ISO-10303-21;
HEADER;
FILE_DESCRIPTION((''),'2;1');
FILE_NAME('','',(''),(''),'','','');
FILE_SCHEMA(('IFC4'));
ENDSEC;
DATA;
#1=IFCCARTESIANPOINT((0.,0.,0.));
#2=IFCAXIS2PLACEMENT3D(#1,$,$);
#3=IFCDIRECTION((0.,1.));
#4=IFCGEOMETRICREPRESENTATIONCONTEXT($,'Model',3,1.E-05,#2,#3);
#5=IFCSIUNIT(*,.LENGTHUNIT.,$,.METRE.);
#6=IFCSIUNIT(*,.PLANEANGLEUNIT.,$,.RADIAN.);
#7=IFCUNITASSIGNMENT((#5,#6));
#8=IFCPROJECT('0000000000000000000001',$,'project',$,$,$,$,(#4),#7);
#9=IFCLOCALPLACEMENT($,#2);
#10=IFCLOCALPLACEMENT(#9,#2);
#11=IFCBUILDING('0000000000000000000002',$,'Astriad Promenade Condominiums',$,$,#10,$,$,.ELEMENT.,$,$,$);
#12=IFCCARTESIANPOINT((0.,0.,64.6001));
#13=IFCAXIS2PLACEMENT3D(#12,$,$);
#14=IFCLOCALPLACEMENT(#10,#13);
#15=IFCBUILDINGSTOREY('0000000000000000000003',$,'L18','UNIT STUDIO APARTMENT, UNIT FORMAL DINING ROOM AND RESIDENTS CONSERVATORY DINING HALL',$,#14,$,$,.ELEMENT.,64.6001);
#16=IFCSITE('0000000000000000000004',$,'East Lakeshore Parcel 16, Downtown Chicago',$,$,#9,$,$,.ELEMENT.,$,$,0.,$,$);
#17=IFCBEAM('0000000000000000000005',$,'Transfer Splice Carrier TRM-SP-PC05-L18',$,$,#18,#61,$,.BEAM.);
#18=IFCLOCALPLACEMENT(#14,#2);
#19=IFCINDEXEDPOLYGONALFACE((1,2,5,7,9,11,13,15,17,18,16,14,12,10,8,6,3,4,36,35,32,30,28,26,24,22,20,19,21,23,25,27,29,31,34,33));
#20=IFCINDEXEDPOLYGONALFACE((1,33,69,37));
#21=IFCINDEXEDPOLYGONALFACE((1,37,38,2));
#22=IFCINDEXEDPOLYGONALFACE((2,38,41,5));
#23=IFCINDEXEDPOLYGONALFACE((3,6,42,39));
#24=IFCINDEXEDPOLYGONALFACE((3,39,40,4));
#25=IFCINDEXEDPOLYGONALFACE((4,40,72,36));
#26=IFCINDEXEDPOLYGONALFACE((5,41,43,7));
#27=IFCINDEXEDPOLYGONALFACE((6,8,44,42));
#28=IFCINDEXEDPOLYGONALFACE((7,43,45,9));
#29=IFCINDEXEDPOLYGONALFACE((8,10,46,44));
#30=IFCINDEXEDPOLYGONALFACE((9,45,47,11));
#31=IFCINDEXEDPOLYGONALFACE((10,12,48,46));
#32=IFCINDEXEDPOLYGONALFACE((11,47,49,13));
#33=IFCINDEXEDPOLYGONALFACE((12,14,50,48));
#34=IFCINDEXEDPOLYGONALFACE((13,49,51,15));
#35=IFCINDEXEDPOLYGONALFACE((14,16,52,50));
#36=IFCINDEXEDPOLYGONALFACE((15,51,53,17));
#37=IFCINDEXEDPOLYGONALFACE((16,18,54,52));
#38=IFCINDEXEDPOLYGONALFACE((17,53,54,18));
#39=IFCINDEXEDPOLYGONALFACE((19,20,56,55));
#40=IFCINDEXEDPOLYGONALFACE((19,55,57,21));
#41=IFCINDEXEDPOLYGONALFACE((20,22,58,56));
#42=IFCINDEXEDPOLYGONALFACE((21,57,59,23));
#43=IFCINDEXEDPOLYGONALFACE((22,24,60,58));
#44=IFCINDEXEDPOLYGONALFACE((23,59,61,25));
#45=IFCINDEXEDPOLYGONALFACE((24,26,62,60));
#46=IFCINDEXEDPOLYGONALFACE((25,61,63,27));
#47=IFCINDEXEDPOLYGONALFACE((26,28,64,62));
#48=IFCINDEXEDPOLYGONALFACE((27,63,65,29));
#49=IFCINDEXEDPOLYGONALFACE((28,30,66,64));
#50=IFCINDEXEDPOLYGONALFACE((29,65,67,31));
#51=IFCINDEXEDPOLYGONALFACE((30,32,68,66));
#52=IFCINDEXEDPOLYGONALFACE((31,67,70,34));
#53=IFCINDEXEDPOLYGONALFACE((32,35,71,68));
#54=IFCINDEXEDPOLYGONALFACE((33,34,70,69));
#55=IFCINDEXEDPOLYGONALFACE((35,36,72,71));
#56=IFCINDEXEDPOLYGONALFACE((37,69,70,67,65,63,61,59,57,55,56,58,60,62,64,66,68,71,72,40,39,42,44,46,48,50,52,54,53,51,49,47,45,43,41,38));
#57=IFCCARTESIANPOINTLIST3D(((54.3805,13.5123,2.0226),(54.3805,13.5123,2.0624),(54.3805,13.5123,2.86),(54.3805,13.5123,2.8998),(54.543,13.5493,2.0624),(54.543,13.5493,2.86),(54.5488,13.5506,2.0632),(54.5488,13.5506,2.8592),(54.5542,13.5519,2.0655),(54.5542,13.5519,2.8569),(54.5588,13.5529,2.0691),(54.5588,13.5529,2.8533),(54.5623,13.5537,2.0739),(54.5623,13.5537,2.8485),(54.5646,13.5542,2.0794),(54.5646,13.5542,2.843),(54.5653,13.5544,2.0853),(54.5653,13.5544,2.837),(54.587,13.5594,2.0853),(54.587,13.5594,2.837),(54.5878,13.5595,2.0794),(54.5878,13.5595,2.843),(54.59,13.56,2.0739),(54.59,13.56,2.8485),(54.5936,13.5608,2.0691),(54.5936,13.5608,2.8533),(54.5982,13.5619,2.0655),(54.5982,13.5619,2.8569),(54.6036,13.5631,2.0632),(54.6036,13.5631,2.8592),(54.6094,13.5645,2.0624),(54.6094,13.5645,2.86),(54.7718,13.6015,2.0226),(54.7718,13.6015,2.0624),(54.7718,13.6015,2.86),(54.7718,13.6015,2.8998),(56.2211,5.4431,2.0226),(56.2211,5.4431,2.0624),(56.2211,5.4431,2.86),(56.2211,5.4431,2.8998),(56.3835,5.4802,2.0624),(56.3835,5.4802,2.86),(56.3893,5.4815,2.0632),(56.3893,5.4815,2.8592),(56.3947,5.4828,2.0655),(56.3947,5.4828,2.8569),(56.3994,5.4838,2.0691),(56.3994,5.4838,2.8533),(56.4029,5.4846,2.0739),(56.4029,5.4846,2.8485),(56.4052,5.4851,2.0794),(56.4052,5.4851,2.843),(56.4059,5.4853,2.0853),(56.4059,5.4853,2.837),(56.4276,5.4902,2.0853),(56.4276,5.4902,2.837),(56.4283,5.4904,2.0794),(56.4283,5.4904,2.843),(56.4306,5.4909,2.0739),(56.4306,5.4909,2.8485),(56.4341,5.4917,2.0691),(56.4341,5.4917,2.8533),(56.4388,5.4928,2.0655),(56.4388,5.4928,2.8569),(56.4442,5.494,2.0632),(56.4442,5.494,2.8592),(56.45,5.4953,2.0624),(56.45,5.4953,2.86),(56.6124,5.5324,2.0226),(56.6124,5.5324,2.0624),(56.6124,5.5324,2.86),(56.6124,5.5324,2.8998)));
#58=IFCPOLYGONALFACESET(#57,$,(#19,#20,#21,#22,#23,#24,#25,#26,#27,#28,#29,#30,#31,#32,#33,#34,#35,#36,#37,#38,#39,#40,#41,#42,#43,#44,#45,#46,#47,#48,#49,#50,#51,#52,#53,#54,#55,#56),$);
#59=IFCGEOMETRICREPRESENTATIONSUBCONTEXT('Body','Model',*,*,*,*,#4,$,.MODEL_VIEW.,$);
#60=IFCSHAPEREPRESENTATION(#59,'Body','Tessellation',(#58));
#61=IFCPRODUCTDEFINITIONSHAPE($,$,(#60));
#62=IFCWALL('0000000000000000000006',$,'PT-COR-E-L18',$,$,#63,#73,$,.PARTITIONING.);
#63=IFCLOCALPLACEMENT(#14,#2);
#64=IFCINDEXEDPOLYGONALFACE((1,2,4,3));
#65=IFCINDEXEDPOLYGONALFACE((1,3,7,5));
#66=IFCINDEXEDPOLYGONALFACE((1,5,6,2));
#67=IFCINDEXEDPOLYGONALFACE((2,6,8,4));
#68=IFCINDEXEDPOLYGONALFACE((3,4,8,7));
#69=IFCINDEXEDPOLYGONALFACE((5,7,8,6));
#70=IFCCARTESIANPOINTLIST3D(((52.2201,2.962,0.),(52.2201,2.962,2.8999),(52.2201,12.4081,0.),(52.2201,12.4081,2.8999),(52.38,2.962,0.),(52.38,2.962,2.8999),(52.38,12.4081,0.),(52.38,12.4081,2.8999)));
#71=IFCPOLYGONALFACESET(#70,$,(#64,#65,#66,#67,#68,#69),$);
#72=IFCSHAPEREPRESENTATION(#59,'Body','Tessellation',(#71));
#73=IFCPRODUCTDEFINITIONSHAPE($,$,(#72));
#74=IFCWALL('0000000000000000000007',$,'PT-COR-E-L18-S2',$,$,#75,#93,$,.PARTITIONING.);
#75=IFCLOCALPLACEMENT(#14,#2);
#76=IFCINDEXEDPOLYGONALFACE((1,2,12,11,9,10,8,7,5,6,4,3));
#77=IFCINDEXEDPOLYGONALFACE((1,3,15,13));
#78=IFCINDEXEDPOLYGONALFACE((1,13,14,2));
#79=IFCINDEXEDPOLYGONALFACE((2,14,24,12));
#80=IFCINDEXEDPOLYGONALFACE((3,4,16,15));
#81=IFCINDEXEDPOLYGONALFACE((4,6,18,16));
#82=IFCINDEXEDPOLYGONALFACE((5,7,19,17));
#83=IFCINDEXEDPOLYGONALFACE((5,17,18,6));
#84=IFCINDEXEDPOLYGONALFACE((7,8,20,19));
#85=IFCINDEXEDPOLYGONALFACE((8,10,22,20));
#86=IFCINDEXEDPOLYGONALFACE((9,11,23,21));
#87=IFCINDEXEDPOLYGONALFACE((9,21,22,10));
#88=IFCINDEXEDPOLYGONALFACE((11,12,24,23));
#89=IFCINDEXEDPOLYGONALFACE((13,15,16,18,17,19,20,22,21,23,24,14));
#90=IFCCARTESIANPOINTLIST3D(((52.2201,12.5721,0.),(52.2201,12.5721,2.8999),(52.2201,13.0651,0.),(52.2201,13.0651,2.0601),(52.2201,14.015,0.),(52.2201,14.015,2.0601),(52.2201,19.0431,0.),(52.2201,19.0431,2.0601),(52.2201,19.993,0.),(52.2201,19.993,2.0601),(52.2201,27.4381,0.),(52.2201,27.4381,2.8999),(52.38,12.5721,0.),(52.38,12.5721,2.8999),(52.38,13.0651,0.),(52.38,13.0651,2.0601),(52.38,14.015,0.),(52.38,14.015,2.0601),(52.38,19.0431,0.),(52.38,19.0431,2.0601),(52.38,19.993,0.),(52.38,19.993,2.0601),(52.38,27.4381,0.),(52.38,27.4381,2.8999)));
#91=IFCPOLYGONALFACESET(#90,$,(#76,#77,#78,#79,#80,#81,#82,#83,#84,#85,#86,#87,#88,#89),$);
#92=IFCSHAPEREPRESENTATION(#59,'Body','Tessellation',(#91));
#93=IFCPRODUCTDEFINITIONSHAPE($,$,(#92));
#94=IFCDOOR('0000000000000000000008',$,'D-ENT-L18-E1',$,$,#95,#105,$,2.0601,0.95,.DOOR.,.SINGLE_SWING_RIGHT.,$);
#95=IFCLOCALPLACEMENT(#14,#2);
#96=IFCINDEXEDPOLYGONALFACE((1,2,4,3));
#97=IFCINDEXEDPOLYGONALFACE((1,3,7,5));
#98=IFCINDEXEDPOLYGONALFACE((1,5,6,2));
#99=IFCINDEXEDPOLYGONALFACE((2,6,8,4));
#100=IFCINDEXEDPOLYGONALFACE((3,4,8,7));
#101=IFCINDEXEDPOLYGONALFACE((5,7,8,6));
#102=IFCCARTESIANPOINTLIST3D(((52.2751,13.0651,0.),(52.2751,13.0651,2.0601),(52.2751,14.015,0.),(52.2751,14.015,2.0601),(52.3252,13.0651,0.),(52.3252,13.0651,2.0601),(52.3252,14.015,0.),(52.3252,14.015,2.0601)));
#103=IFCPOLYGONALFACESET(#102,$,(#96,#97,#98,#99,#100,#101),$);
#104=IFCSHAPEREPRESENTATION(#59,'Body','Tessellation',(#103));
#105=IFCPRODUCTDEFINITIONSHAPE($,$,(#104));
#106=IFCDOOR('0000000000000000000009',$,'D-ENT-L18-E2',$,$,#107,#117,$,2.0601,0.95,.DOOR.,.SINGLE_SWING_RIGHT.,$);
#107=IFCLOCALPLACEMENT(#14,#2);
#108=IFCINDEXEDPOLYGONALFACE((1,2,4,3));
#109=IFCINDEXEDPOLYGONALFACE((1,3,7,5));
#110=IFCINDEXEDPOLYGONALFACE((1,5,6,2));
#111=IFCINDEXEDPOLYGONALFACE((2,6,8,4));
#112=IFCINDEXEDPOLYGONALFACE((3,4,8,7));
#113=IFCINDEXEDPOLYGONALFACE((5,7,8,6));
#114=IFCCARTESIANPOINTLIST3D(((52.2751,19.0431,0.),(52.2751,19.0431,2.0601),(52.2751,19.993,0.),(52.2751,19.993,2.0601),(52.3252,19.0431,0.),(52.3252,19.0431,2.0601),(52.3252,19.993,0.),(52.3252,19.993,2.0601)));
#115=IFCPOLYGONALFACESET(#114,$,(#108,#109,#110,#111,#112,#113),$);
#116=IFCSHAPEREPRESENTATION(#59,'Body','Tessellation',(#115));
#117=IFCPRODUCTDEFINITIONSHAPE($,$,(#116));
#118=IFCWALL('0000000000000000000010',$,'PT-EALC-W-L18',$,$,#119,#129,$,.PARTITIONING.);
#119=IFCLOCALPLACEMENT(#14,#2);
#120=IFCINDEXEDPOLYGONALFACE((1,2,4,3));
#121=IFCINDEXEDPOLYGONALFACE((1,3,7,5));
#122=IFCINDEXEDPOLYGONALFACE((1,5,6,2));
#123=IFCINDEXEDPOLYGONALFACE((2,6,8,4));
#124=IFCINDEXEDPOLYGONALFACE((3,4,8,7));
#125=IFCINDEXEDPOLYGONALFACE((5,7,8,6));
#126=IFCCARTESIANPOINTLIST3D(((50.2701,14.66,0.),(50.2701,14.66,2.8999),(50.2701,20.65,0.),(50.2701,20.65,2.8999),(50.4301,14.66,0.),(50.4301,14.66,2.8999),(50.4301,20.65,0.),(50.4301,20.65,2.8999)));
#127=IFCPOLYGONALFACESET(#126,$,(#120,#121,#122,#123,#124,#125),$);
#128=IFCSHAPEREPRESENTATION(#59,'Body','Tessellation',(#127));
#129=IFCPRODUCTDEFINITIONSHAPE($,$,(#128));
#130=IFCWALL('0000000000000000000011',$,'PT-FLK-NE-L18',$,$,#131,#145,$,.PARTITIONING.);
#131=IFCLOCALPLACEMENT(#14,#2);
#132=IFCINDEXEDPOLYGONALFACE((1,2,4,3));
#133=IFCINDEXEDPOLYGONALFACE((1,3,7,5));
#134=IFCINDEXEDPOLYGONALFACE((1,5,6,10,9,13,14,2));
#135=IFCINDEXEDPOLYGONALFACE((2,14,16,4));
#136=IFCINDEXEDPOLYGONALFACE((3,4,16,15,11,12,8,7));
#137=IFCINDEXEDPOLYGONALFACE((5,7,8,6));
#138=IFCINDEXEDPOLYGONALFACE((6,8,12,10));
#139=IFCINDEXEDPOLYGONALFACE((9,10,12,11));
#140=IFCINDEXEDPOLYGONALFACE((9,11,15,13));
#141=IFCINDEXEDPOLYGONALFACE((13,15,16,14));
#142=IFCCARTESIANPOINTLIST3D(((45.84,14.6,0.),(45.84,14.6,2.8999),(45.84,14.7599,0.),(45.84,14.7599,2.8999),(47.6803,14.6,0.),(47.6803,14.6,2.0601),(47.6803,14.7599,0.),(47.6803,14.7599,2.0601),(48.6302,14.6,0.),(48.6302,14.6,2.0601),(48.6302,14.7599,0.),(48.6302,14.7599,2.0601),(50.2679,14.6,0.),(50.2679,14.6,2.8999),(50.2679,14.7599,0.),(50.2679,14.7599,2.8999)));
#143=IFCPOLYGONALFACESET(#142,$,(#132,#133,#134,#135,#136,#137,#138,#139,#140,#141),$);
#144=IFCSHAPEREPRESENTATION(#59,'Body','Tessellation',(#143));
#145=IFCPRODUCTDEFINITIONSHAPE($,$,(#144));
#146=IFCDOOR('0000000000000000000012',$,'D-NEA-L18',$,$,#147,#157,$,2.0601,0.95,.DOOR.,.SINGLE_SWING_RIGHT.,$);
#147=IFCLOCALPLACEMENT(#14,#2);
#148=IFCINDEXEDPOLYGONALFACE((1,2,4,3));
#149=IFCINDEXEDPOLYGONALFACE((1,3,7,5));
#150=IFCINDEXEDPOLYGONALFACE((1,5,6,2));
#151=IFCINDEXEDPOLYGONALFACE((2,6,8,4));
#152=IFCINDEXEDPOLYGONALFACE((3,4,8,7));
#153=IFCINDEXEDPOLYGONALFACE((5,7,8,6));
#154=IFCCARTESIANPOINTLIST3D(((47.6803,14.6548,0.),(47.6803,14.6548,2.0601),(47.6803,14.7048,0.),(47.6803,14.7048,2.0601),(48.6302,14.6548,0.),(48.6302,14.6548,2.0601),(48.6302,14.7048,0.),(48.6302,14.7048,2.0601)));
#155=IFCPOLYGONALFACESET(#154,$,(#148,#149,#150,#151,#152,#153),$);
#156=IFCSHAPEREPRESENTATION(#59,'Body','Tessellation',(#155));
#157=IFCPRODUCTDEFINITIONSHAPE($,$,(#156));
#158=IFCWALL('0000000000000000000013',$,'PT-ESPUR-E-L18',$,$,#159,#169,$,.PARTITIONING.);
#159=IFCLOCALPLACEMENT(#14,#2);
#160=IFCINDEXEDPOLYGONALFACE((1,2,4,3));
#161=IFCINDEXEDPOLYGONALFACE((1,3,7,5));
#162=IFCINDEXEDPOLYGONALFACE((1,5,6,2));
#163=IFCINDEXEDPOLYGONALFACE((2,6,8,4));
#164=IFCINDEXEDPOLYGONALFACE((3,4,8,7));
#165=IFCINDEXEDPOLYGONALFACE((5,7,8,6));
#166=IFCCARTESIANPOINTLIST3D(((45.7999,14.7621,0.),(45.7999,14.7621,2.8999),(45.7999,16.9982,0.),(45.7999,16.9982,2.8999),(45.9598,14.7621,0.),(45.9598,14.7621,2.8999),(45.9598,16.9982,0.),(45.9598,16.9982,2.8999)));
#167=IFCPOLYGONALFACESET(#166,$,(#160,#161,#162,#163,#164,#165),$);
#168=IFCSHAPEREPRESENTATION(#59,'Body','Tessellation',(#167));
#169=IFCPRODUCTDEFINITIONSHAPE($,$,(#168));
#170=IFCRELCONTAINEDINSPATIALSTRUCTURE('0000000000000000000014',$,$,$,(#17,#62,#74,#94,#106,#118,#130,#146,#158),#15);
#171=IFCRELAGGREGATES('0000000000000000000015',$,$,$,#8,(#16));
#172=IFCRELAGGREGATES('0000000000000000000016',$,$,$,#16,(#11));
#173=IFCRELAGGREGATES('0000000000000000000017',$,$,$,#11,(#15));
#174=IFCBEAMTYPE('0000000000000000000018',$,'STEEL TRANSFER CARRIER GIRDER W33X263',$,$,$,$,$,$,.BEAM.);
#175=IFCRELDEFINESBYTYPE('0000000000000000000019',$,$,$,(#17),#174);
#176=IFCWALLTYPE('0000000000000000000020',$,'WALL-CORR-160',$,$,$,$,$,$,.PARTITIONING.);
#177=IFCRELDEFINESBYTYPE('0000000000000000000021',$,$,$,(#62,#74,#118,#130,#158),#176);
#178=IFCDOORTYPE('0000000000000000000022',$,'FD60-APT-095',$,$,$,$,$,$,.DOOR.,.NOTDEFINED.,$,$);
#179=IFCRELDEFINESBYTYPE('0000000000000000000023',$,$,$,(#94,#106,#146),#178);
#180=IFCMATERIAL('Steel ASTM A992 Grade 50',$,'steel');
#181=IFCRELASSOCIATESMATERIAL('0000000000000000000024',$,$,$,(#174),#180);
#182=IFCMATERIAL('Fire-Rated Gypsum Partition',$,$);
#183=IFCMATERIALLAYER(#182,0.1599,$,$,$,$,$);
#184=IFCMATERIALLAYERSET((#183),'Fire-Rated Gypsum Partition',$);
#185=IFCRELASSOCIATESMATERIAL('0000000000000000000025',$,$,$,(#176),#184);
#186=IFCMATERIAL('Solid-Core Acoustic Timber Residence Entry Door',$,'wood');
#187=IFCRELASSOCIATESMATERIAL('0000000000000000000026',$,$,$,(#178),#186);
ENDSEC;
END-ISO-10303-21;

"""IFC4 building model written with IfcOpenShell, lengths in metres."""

from ifc_helpers import new_model, si_unit, direction, frame, frame_2d, origin, origin_2d, place, context, subcontext, project, spatial, rectangle, i_section, extrude, source, transform, mapped, material, layer, layer_set, material_profile, profile_set, type_object, type_shapes, element, fill, save


model = new_model("IFC4")

# Units and contexts
model_context = context("Model", 3, precision=1e-05, world=origin(), true_north=direction((0.0, 1.0)))
body_context = subcontext(model_context, "Body", "Model", "MODEL_VIEW")
ifc_project = project(units=[si_unit("LENGTHUNIT", "METRE"), si_unit("PLANEANGLEUNIT", "RADIAN")], contexts=[model_context])

# Site, building, storey
site_placement = place(None, origin())
site = spatial("IfcSite", under=ifc_project, at=site_placement, Name="East Lakeshore Parcel 16, Downtown Chicago", CompositionType="ELEMENT", RefElevation=0.0)
building_placement = place(site_placement, origin())
building = spatial("IfcBuilding", under=site, at=building_placement, Name="Astriad Promenade Condominiums", CompositionType="ELEMENT")
storey_placement = place(building_placement, frame((0.0, 0.0, 64.6001)))
storey = spatial("IfcBuildingStorey", under=building, at=storey_placement, Name="L18", Description="UNIT STUDIO APARTMENT, UNIT FORMAL DINING ROOM AND RESIDENTS CONSERVATORY DINING HALL", CompositionType="ELEMENT", Elevation=64.6001)

# Beam
ifc_material_1 = material(Name="Steel ASTM A992 Grade 50", Category="steel")
ifc_material_profile_1 = material_profile(ifc_material_1, i_section(OverallWidth=0.4014, OverallDepth=0.8772, WebThickness=0.0222, FlangeThickness=0.0398, FilletRadius=0.0229, at=origin_2d()), Name="W33X263")
ifc_profile_set_1 = profile_set([ifc_material_profile_1], Name="Steel ASTM A992 Grade 50")
beam_type_1 = type_object("IfcBeamType", Name="STEEL TRANSFER CARRIER GIRDER W33X263", PredefinedType="BEAM", material=ifc_profile_set_1)
shared_shape_1 = source(origin(), body_context, "Body", "SweptSolid", [
    extrude(i_section(OverallWidth=0.4014, OverallDepth=0.8772, WebThickness=0.0222, FlangeThickness=0.0398, FilletRadius=0.0229, at=origin_2d()), origin(), (0.0, 0.0, 1.0), 8.2764),
])
beam_1_placement = place(storey_placement, frame((54.5762, 13.5569, 2.4612), z_axis=(0.22239, -0.974958, 0.0), x_axis=(0.974958, 0.22239, 0.0)))
element("IfcBeam", 1, at=beam_1_placement, inside=storey, type_object=beam_type_1, Name="Transfer Splice Carrier TRM-SP-PC05-L18", PredefinedType="BEAM", context=body_context, shape_type="MappedRepresentation", body=[
    mapped(shared_shape_1, transform((0.0, 0.0, 0.0), scale=1.0)),
])

# Wall
ifc_material_2 = material(Name="Fire-Rated Gypsum Partition")
ifc_layer_1 = layer(ifc_material_2, 0.1599)
ifc_layer_set_1 = layer_set([ifc_layer_1], Name="Fire-Rated Gypsum Partition")
wall_type_1 = type_object("IfcWallType", Name="WALL-CORR-160", PredefinedType="PARTITIONING", material=ifc_layer_set_1)
wall_1_placement = place(storey_placement, frame((52.3, 2.9619, 0.0), z_axis=(0.0, 0.0, 1.0), x_axis=(0.0, 1.0, 0.0)))
element("IfcWall", 2, at=wall_1_placement, inside=storey, type_object=wall_type_1, Name="PT-COR-E-L18", PredefinedType="PARTITIONING", context=body_context, shape_type="SweptSolid", body=[
    extrude(rectangle(XDim=9.446, YDim=0.1599, at=frame_2d((4.7231, 0.0))), origin(), (0.0, 0.0, 1.0), 2.8999),
])

# Wall, openings, doors
wall_2_placement = place(storey_placement, frame((52.3, 12.572, 0.0), z_axis=(0.0, 0.0, 1.0), x_axis=(0.0, 1.0, 0.0)))
wall_2 = element("IfcWall", 3, at=wall_2_placement, inside=storey, type_object=wall_type_1, Name="PT-COR-E-L18-S2", PredefinedType="PARTITIONING", context=body_context, shape_type="SweptSolid", body=[
    extrude(rectangle(XDim=14.866, YDim=0.1599, at=frame_2d((7.4331, 0.0))), origin(), (0.0, 0.0, 1.0), 2.8999),
])
opening_1_placement = place(wall_2_placement, frame((0.4929, 0.0, 0.0)))
opening_1 = element("IfcOpeningElement", 4, at=opening_1_placement, cuts=wall_2, PredefinedType="OPENING", context=body_context, shape_type="SweptSolid", body=[
    extrude(rectangle(XDim=0.95, YDim=2.0601, at=frame_2d((0.4751, 1.03))), frame((0.0, 0.0898, 0.0), z_axis=(0.0, -1.0, 0.0), x_axis=(1.0, 0.0, 0.0)), (0.0, 0.0, 1.0), 0.1799),
])
opening_2_placement = place(wall_2_placement, frame((6.4709, 0.0, 0.0)))
opening_2 = element("IfcOpeningElement", 5, at=opening_2_placement, cuts=wall_2, PredefinedType="OPENING", context=body_context, shape_type="SweptSolid", body=[
    extrude(rectangle(XDim=0.95, YDim=2.0601, at=frame_2d((0.4751, 1.03))), frame((0.0, 0.0898, 0.0), z_axis=(0.0, -1.0, 0.0), x_axis=(1.0, 0.0, 0.0)), (0.0, 0.0, 1.0), 0.1799),
])
ifc_material_3 = material(Name="Solid-Core Acoustic Timber Residence Entry Door", Category="wood")
door_type_1 = type_object("IfcDoorType", Name="FD60-APT-095", OperationType="NOTDEFINED", PredefinedType="DOOR", material=ifc_material_3)
shared_shape_2 = source(origin(), body_context, "Body", "SweptSolid", [
    extrude(rectangle(XDim=0.95, YDim=2.0601, at=frame_2d((0.4751, 1.03))), frame((0.0, 0.0249, 0.0), z_axis=(0.0, -1.0, 0.0), x_axis=(1.0, 0.0, 0.0)), (0.0, 0.0, 1.0), 0.05),
])
type_shapes(door_type_1, [shared_shape_2])
door_1_placement = place(opening_1_placement, origin())
door_1 = element("IfcDoor", 6, at=door_1_placement, inside=storey, type_object=door_type_1, Name="D-ENT-L18-E1", OperationType="SINGLE_SWING_RIGHT", OverallHeight=2.0601, OverallWidth=0.95, PredefinedType="DOOR", context=body_context, shape_type="MappedRepresentation", body=[
    mapped(shared_shape_2, transform((0.0, 0.0, 0.0), scale=1.0)),
])
fill(opening_1, door_1)
door_2_placement = place(opening_2_placement, origin())
door_2 = element("IfcDoor", 7, at=door_2_placement, inside=storey, type_object=door_type_1, Name="D-ENT-L18-E2", OperationType="SINGLE_SWING_RIGHT", OverallHeight=2.0601, OverallWidth=0.95, PredefinedType="DOOR", context=body_context, shape_type="MappedRepresentation", body=[
    mapped(shared_shape_2, transform((0.0, 0.0, 0.0), scale=1.0)),
])
fill(opening_2, door_2)

# Wall
wall_3_placement = place(storey_placement, frame((50.3501, 14.6599, 0.0), z_axis=(0.0, 0.0, 1.0), x_axis=(0.0, 1.0, 0.0)))
element("IfcWall", 8, at=wall_3_placement, inside=storey, type_object=wall_type_1, Name="PT-EALC-W-L18", PredefinedType="PARTITIONING", context=body_context, shape_type="SweptSolid", body=[
    extrude(rectangle(XDim=5.99, YDim=0.1599, at=frame_2d((2.9951, 0.0))), origin(), (0.0, 0.0, 1.0), 2.8999),
])

# Wall, opening, door
wall_4_placement = place(storey_placement, frame((45.8401, 14.6799, 0.0), z_axis=(0.0, 0.0, 1.0), x_axis=(1.0, 0.0, 0.0)))
wall_4 = element("IfcWall", 9, at=wall_4_placement, inside=storey, type_object=wall_type_1, Name="PT-FLK-NE-L18", PredefinedType="PARTITIONING", context=body_context, shape_type="SweptSolid", body=[
    extrude(rectangle(XDim=4.428, YDim=0.1599, at=frame_2d((2.2139, 0.0))), origin(), (0.0, 0.0, 1.0), 2.8999),
])
opening_3_placement = place(wall_4_placement, frame((1.8401, 0.0, 0.0)))
opening_3 = element("IfcOpeningElement", 10, at=opening_3_placement, cuts=wall_4, PredefinedType="OPENING", context=body_context, shape_type="SweptSolid", body=[
    extrude(rectangle(XDim=0.95, YDim=2.0601, at=frame_2d((0.4751, 1.03))), frame((0.0, 0.0898, 0.0), z_axis=(0.0, -1.0, 0.0), x_axis=(1.0, 0.0, 0.0)), (0.0, 0.0, 1.0), 0.1799),
])
door_3_placement = place(opening_3_placement, origin())
door_3 = element("IfcDoor", 11, at=door_3_placement, inside=storey, type_object=door_type_1, Name="D-NEA-L18", OperationType="SINGLE_SWING_RIGHT", OverallHeight=2.0601, OverallWidth=0.95, PredefinedType="DOOR", context=body_context, shape_type="MappedRepresentation", body=[
    mapped(shared_shape_2, transform((0.0, 0.0, 0.0), scale=1.0)),
])
fill(opening_3, door_3)

# Wall
wall_5_placement = place(storey_placement, frame((45.8799, 14.762, 0.0), z_axis=(0.0, 0.0, 1.0), x_axis=(0.0, 1.0, 0.0)))
element("IfcWall", 12, at=wall_5_placement, inside=storey, type_object=wall_type_1, Name="PT-ESPUR-E-L18", PredefinedType="PARTITIONING", context=body_context, shape_type="SweptSolid", body=[
    extrude(rectangle(XDim=2.2361, YDim=0.1599, at=frame_2d((1.1182, 0.0))), origin(), (0.0, 0.0, 1.0), 2.8999),
])

save(model, "model.ifc")
